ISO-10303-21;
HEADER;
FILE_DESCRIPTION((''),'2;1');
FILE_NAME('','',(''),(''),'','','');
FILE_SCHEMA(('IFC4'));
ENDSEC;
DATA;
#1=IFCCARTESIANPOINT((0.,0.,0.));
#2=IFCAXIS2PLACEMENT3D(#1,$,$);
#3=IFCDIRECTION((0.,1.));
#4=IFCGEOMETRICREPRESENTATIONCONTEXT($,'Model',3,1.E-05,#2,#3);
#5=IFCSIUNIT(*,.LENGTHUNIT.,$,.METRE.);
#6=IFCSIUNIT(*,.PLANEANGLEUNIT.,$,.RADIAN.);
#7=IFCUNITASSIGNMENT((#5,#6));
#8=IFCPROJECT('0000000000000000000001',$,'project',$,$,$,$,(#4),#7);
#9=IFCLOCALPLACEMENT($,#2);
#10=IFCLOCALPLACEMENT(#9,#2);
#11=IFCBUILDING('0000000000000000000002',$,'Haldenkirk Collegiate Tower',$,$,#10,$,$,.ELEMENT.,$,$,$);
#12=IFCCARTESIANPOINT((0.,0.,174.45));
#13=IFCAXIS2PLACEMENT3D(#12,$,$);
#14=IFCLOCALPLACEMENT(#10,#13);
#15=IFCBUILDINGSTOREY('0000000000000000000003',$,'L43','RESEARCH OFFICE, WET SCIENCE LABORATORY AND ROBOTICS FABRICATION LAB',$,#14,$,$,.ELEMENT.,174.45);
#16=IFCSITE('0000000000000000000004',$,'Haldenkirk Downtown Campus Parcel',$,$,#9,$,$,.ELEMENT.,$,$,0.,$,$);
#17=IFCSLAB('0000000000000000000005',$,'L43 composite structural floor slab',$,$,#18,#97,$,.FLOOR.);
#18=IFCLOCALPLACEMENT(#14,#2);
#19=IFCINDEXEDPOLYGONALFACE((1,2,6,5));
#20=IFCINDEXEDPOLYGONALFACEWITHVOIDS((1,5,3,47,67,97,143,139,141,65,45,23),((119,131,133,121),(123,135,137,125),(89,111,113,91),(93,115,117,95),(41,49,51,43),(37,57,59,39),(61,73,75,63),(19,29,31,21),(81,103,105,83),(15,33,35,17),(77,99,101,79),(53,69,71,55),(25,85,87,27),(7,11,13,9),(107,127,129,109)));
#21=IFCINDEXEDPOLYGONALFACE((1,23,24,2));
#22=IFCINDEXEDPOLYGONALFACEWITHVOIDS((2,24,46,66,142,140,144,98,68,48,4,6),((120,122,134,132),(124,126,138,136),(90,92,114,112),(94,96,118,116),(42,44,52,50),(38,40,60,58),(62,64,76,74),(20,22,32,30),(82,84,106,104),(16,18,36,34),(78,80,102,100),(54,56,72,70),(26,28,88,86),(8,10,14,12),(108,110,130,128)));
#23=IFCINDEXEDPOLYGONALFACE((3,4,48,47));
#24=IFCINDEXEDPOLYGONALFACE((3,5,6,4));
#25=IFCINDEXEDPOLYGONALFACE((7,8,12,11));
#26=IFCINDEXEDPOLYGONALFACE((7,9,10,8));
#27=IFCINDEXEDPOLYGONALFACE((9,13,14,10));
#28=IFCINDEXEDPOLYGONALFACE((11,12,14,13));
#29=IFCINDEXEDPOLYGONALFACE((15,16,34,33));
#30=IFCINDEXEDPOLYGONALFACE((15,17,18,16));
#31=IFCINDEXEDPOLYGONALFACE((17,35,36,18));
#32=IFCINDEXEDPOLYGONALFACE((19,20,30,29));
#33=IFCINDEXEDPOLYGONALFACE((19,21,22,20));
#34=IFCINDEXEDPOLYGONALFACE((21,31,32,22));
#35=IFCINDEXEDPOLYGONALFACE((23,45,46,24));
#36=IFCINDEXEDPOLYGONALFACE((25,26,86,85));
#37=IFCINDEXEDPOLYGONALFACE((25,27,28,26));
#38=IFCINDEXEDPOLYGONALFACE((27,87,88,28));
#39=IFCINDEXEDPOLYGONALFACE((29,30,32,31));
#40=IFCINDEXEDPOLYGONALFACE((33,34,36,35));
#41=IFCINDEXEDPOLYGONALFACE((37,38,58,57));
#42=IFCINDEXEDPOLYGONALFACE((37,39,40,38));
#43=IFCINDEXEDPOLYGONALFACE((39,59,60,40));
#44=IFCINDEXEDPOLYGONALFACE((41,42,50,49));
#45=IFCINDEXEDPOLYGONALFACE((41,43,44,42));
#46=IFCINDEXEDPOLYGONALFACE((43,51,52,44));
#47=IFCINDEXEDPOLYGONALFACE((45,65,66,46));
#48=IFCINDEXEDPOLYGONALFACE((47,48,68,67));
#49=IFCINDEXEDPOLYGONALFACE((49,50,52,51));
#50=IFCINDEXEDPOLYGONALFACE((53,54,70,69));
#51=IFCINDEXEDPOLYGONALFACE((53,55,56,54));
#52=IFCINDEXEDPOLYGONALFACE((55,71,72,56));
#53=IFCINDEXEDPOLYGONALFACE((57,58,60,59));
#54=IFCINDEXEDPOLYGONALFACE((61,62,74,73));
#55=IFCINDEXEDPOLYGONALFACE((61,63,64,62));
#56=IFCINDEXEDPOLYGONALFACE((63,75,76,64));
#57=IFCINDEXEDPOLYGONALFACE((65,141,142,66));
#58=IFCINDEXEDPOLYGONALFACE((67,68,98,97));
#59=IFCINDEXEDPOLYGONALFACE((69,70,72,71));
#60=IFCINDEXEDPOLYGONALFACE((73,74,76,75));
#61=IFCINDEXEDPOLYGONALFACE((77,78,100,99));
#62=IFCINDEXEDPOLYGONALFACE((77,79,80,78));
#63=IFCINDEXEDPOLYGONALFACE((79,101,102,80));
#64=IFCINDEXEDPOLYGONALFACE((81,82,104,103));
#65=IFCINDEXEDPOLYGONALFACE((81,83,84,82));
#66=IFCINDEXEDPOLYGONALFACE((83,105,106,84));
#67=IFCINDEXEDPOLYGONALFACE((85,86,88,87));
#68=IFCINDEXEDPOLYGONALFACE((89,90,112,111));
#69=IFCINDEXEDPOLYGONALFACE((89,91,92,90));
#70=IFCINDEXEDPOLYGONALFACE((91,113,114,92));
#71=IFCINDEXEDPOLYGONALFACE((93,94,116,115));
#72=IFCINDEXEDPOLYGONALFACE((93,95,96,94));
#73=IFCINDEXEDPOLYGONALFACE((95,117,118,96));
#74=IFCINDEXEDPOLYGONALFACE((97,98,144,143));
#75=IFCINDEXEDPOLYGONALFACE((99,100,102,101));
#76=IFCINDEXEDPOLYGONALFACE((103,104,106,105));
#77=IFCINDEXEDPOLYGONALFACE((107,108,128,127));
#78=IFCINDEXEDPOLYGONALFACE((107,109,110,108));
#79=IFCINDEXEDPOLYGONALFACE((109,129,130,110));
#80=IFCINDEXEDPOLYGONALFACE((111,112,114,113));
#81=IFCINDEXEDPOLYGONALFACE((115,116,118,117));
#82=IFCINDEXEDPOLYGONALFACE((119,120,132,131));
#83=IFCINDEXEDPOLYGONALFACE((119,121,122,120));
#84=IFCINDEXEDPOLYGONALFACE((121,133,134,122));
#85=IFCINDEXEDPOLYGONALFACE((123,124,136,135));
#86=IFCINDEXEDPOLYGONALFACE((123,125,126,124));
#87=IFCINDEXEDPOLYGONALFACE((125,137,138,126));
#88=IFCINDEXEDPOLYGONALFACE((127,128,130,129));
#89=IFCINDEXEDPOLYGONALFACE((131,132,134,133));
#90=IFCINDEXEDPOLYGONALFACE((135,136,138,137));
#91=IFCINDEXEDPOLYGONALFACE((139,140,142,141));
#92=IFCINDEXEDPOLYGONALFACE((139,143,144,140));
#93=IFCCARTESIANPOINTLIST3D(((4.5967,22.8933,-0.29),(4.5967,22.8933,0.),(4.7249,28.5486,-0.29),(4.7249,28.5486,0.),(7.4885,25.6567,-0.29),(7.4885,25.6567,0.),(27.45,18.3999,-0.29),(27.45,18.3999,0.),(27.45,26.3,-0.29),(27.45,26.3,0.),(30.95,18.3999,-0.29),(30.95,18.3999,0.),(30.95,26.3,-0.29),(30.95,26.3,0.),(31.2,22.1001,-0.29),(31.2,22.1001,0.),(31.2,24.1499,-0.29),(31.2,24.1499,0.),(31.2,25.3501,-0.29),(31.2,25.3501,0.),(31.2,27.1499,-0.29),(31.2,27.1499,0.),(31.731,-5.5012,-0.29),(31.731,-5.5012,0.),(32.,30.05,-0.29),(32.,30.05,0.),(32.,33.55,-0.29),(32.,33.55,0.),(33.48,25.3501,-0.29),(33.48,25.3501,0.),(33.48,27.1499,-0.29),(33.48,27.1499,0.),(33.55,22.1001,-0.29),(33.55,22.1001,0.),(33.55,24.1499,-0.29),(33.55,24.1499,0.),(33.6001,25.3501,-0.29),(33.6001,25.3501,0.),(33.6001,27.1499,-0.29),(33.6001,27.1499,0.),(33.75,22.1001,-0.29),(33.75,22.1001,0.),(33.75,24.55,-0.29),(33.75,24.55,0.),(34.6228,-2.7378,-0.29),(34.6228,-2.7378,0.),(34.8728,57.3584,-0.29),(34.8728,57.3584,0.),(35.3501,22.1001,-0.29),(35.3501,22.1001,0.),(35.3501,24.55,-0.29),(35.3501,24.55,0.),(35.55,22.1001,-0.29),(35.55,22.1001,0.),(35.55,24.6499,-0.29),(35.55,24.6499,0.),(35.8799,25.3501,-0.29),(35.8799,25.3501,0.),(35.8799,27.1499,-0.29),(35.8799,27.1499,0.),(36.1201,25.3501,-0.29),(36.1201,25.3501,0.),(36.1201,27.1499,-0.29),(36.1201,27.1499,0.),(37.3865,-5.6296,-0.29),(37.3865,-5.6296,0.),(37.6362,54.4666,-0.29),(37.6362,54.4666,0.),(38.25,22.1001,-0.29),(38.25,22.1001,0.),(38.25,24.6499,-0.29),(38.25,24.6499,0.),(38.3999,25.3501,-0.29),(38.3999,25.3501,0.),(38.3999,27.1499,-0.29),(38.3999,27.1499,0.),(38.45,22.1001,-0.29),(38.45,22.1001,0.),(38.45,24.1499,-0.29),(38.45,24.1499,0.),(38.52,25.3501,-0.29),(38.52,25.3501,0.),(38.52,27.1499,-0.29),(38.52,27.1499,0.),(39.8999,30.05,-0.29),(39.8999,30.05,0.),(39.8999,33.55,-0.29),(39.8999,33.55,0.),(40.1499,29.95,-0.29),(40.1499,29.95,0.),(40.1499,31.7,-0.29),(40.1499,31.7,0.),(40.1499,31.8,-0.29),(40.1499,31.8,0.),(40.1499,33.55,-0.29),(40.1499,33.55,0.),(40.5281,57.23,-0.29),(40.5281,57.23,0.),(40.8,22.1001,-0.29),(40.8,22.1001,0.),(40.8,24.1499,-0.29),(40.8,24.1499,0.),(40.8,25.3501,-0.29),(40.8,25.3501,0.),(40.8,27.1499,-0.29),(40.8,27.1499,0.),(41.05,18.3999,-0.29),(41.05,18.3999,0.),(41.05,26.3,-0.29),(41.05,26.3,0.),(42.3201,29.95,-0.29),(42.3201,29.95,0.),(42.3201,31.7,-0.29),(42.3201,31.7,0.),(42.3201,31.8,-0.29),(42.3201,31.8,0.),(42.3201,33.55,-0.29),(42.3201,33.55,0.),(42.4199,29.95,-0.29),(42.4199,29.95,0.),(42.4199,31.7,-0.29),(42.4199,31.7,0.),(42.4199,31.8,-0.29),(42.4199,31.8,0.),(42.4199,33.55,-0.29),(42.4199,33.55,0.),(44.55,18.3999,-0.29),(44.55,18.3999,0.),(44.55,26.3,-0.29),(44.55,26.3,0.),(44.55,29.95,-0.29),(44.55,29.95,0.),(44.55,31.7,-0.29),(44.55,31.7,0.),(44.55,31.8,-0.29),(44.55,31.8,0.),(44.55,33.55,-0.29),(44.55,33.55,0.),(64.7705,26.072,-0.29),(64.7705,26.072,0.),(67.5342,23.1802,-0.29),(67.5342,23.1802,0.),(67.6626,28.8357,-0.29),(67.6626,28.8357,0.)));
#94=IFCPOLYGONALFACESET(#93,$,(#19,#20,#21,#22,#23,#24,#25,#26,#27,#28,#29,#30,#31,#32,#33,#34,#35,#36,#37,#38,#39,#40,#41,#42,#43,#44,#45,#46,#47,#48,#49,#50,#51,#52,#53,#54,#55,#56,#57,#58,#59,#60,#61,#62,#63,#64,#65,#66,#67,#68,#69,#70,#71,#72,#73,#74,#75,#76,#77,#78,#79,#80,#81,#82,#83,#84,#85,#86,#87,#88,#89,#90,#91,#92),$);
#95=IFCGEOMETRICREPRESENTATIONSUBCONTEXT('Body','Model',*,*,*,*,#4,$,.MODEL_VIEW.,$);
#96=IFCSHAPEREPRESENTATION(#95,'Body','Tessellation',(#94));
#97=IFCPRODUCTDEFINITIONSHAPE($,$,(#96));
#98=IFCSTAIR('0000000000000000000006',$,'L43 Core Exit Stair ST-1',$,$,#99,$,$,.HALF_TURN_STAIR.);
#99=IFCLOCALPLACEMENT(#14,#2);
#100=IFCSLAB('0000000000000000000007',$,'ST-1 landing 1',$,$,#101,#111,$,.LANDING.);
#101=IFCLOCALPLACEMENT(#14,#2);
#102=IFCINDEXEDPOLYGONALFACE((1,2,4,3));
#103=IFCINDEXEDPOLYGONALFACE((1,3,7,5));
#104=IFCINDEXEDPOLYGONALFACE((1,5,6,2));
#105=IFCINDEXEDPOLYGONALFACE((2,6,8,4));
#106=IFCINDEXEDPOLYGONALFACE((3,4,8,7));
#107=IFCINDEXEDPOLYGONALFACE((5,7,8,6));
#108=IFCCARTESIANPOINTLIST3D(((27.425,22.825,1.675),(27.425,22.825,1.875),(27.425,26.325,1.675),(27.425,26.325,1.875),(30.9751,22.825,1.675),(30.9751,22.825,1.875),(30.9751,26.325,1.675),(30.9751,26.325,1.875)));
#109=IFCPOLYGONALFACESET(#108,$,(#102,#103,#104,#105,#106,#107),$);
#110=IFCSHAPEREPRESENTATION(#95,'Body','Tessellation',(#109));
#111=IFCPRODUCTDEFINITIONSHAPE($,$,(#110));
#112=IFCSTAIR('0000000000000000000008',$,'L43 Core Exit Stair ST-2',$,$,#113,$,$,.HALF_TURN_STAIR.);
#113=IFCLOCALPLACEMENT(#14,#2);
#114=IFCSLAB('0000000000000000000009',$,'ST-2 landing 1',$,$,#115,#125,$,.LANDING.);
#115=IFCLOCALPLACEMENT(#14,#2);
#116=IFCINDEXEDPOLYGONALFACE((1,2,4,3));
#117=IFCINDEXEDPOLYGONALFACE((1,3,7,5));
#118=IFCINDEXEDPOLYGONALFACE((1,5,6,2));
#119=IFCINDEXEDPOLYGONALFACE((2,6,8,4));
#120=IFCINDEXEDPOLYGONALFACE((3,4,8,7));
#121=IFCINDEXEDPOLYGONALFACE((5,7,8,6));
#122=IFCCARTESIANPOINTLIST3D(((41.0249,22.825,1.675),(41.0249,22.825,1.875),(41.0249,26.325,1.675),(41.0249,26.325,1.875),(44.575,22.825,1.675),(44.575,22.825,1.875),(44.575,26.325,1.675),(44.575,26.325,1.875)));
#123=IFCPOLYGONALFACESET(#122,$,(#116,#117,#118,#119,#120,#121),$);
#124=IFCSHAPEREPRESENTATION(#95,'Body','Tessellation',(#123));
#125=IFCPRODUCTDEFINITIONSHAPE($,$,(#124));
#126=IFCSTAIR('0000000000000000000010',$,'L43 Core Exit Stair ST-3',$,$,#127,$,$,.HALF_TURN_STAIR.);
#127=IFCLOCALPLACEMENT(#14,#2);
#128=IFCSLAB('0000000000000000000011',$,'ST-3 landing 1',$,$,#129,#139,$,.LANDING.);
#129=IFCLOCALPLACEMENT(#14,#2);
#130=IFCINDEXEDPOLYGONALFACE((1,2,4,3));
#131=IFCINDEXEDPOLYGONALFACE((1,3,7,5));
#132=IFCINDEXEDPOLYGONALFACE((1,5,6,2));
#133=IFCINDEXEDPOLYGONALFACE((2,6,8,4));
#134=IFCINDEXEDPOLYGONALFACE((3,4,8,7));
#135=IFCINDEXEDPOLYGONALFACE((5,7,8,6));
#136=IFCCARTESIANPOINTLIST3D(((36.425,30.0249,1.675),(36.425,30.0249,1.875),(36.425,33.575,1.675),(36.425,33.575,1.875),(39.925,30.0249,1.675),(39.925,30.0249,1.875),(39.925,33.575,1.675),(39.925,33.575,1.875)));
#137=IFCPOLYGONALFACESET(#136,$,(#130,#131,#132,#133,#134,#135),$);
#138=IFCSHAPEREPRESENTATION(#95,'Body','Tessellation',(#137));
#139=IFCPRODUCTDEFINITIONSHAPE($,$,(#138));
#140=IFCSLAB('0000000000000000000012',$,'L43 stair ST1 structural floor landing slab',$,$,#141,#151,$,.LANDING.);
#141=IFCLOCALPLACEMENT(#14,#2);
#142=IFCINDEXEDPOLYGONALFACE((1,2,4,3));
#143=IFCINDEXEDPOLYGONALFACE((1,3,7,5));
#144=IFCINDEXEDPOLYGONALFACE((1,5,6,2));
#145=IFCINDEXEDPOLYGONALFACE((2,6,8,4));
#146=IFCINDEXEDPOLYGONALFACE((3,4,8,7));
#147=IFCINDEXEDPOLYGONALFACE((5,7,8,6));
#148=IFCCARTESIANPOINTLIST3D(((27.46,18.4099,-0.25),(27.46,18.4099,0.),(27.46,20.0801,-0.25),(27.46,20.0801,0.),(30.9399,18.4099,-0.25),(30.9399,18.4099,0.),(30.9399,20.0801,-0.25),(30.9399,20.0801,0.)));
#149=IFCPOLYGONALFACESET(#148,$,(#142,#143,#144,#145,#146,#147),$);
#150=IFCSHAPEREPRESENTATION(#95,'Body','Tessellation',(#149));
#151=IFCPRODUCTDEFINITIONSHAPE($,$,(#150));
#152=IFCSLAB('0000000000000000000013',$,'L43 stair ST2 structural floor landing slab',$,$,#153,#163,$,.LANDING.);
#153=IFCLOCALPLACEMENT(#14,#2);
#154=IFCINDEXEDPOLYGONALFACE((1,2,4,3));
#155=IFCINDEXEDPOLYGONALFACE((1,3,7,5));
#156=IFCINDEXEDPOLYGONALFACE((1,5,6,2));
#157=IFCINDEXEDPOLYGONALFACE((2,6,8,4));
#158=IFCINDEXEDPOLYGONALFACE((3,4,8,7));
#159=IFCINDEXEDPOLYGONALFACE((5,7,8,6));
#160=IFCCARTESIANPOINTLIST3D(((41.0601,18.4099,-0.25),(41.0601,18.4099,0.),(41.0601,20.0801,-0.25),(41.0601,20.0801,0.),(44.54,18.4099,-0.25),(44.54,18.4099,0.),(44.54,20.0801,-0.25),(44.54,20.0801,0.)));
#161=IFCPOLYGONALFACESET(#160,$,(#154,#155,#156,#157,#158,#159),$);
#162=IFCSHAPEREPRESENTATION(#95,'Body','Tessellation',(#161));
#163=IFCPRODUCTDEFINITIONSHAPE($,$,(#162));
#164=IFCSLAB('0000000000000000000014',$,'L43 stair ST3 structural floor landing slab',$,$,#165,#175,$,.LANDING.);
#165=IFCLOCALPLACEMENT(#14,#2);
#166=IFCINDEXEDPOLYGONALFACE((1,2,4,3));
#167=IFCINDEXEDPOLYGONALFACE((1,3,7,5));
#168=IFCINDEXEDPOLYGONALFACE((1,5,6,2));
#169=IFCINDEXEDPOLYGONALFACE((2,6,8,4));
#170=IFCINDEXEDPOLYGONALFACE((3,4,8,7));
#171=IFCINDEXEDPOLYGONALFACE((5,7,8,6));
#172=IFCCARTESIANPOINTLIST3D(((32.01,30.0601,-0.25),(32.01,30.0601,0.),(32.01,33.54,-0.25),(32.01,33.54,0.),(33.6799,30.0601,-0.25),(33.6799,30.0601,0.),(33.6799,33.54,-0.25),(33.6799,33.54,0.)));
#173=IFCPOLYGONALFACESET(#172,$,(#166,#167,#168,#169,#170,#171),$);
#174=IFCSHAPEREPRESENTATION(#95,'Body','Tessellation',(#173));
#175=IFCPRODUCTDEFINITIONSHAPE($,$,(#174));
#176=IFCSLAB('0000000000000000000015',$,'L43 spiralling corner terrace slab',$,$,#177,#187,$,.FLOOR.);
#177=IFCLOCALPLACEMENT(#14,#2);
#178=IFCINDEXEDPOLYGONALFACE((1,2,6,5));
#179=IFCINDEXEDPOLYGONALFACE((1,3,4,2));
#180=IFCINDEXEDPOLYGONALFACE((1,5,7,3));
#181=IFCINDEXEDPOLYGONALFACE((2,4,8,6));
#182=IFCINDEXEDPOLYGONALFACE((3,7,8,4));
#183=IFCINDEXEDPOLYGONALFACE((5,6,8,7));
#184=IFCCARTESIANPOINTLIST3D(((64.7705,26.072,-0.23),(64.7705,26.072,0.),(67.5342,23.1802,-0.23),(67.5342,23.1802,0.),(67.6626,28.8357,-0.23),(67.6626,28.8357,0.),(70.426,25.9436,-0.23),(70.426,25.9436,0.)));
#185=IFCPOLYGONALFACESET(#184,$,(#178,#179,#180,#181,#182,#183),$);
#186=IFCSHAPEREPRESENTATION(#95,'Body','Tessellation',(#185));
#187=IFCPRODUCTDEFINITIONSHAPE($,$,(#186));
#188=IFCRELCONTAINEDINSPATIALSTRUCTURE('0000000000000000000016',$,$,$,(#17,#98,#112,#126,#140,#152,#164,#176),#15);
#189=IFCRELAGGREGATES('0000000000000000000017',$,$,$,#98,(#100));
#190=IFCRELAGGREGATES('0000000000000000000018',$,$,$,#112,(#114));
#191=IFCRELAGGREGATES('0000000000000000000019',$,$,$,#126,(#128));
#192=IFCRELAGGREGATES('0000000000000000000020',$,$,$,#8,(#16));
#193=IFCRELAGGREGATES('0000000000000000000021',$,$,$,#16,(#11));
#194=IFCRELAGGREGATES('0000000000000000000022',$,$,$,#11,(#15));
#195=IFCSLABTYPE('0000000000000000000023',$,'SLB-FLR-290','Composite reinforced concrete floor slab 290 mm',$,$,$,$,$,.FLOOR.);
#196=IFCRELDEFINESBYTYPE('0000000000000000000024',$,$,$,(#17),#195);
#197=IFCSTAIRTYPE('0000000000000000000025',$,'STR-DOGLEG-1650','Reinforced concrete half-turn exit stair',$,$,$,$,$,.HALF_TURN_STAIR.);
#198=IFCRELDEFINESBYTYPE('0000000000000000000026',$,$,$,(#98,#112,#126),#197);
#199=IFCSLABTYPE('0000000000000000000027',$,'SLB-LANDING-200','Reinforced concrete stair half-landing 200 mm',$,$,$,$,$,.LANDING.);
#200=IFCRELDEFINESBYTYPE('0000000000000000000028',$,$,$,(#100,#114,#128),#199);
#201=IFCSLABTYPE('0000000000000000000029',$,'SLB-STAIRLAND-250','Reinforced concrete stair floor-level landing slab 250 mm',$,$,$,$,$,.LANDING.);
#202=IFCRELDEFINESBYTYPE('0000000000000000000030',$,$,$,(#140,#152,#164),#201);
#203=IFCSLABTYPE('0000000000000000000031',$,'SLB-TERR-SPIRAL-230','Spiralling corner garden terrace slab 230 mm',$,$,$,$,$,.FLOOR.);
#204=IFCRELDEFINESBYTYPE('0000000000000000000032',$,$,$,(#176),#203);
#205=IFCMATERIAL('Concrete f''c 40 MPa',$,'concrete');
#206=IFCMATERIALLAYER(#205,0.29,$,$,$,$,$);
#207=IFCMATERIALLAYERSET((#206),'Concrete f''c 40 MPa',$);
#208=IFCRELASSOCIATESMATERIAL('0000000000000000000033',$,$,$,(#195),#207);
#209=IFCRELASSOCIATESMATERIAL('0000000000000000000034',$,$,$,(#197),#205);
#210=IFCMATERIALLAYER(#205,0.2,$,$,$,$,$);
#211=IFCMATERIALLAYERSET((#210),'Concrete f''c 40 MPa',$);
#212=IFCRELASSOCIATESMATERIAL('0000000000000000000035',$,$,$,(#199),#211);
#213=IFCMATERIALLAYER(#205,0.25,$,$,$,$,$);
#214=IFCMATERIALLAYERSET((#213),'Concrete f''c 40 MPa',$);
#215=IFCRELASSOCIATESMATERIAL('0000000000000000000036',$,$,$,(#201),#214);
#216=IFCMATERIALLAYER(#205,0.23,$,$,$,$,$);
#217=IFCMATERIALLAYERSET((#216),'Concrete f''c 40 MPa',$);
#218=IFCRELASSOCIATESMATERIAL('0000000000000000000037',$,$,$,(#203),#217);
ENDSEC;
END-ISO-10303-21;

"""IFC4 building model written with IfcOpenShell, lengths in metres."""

from ifc_helpers import new_model, si_unit, direction, frame, origin, place, context, subcontext, project, spatial, polyline, outline, extrude, material, layer, layer_set, type_object, element, aggregate, save


model = new_model("IFC4")

# Units and contexts
model_context = context("Model", 3, precision=1e-05, world=origin(), true_north=direction((0.0, 1.0)))
body_context = subcontext(model_context, "Body", "Model", "MODEL_VIEW")
ifc_project = project(units=[si_unit("LENGTHUNIT", "METRE"), si_unit("PLANEANGLEUNIT", "RADIAN")], contexts=[model_context])

# Site, building, storey
site_placement = place(None, origin())
site = spatial("IfcSite", under=ifc_project, at=site_placement, Name="Haldenkirk Downtown Campus Parcel", CompositionType="ELEMENT", RefElevation=0.0)
building_placement = place(site_placement, origin())
building = spatial("IfcBuilding", under=site, at=building_placement, Name="Haldenkirk Collegiate Tower", CompositionType="ELEMENT")
storey_placement = place(building_placement, frame((0.0, 0.0, 174.45)))
storey = spatial("IfcBuildingStorey", under=building, at=storey_placement, Name="L43", Description="RESEARCH OFFICE, WET SCIENCE LABORATORY AND ROBOTICS FABRICATION LAB", CompositionType="ELEMENT", Elevation=174.45)

# Slab
ifc_material_1 = material(Name="Concrete f'c 40 MPa", Category="concrete")
ifc_layer_1 = layer(ifc_material_1, 0.29)
ifc_layer_set_1 = layer_set([ifc_layer_1], Name="Concrete f'c 40 MPa")
slab_type_1 = type_object("IfcSlabType", Name="SLB-FLR-290", Description="Composite reinforced concrete floor slab 290 mm", PredefinedType="FLOOR", material=ifc_layer_set_1)
slab_1_placement = place(storey_placement, frame((0.0, 0.0, -0.29)))
element("IfcSlab", 1, at=slab_1_placement, inside=storey, type_object=slab_type_1, Name="L43 composite structural floor slab", PredefinedType="FLOOR", context=body_context, shape_type="SweptSolid", body=[
    extrude(outline(polyline([(37.3865, -5.6296), (67.5342, 23.1802), (64.7705, 26.072), (67.6626, 28.8357), (40.5281, 57.23), (37.6362, 54.4666), (34.8728, 57.3584), (4.7249, 28.5486), (7.4885, 25.6567), (4.5967, 22.8933), (31.731, -5.5012), (34.6228, -2.7378), (37.3865, -5.6296)]), holes=[polyline([(27.45, 18.3999), (30.95, 18.3999), (30.95, 26.3), (27.45, 26.3), (27.45, 18.3999)]), polyline([(41.05, 18.3999), (44.55, 18.3999), (44.55, 26.3), (41.05, 26.3), (41.05, 18.3999)]), polyline([(32.0, 30.05), (39.8999, 30.05), (39.8999, 33.55), (32.0, 33.55), (32.0, 30.05)]), polyline([(33.75, 22.1001), (35.3501, 22.1001), (35.3501, 24.55), (33.75, 24.55), (33.75, 22.1001)]), polyline([(40.1499, 29.95), (42.3201, 29.95), (42.3201, 31.7), (40.1499, 31.7), (40.1499, 29.95)]), polyline([(42.4199, 29.95), (44.55, 29.95), (44.55, 31.7), (42.4199, 31.7), (42.4199, 29.95)]), polyline([(40.1499, 31.8), (42.3201, 31.8), (42.3201, 33.55), (40.1499, 33.55), (40.1499, 31.8)]), polyline([(42.4199, 31.8), (44.55, 31.8), (44.55, 33.55), (42.4199, 33.55), (42.4199, 31.8)]), polyline([(31.2, 25.3501), (33.48, 25.3501), (33.48, 27.1499), (31.2, 27.1499), (31.2, 25.3501)]), polyline([(33.6001, 25.3501), (35.8799, 25.3501), (35.8799, 27.1499), (33.6001, 27.1499), (33.6001, 25.3501)]), polyline([(36.1201, 25.3501), (38.3999, 25.3501), (38.3999, 27.1499), (36.1201, 27.1499), (36.1201, 25.3501)]), polyline([(38.52, 25.3501), (40.8, 25.3501), (40.8, 27.1499), (38.52, 27.1499), (38.52, 25.3501)]), polyline([(31.2, 22.1001), (33.55, 22.1001), (33.55, 24.1499), (31.2, 24.1499), (31.2, 22.1001)]), polyline([(38.45, 22.1001), (40.8, 22.1001), (40.8, 24.1499), (38.45, 24.1499), (38.45, 22.1001)]), polyline([(35.55, 22.1001), (38.25, 22.1001), (38.25, 24.6499), (35.55, 24.6499), (35.55, 22.1001)])]), origin(), (0.0, 0.0, 1.0), 0.29),
])

# Stairs, slabs
stair_type = type_object("IfcStairType", Name="STR-DOGLEG-1650", Description="Reinforced concrete half-turn exit stair", PredefinedType="HALF_TURN_STAIR", material=ifc_material_1)
stair_1_placement = place(storey_placement, origin())
stair_1 = element("IfcStair", 2, at=stair_1_placement, inside=storey, type_object=stair_type, Name="L43 Core Exit Stair ST-1", PredefinedType="HALF_TURN_STAIR")
ifc_layer_2 = layer(ifc_material_1, 0.2)
ifc_layer_set_2 = layer_set([ifc_layer_2], Name="Concrete f'c 40 MPa")
slab_type_2 = type_object("IfcSlabType", Name="SLB-LANDING-200", Description="Reinforced concrete stair half-landing 200 mm", PredefinedType="LANDING", material=ifc_layer_set_2)
slab_2_placement = place(storey_placement, frame((0.0, 0.0, 1.675)))
slab_2 = element("IfcSlab", 3, at=slab_2_placement, type_object=slab_type_2, Name="ST-1 landing 1", PredefinedType="LANDING", context=body_context, shape_type="SweptSolid", body=[
    extrude(outline(polyline([(30.9751, 22.825), (27.425, 22.825), (27.425, 26.325), (30.9751, 26.325), (30.9751, 22.825)])), origin(), (0.0, 0.0, 1.0), 0.2),
])
aggregate(stair_1, [slab_2])
stair_2_placement = place(storey_placement, origin())
stair_2 = element("IfcStair", 4, at=stair_2_placement, inside=storey, type_object=stair_type, Name="L43 Core Exit Stair ST-2", PredefinedType="HALF_TURN_STAIR")
slab_3_placement = place(storey_placement, frame((0.0, 0.0, 1.675)))
slab_3 = element("IfcSlab", 5, at=slab_3_placement, type_object=slab_type_2, Name="ST-2 landing 1", PredefinedType="LANDING", context=body_context, shape_type="SweptSolid", body=[
    extrude(outline(polyline([(44.575, 22.825), (41.0249, 22.825), (41.0249, 26.325), (44.575, 26.325), (44.575, 22.825)])), origin(), (0.0, 0.0, 1.0), 0.2),
])
aggregate(stair_2, [slab_3])
stair_3_placement = place(storey_placement, origin())
stair_3 = element("IfcStair", 6, at=stair_3_placement, inside=storey, type_object=stair_type, Name="L43 Core Exit Stair ST-3", PredefinedType="HALF_TURN_STAIR")
slab_4_placement = place(storey_placement, frame((0.0, 0.0, 1.675)))
slab_4 = element("IfcSlab", 7, at=slab_4_placement, type_object=slab_type_2, Name="ST-3 landing 1", PredefinedType="LANDING", context=body_context, shape_type="SweptSolid", body=[
    extrude(outline(polyline([(36.425, 30.0249), (36.425, 33.575), (39.925, 33.575), (39.925, 30.0249), (36.425, 30.0249)])), origin(), (0.0, 0.0, 1.0), 0.2),
])
aggregate(stair_3, [slab_4])

# Slabs
ifc_layer_3 = layer(ifc_material_1, 0.25)
ifc_layer_set_3 = layer_set([ifc_layer_3], Name="Concrete f'c 40 MPa")
slab_type_3 = type_object("IfcSlabType", Name="SLB-STAIRLAND-250", Description="Reinforced concrete stair floor-level landing slab 250 mm", PredefinedType="LANDING", material=ifc_layer_set_3)
slab_5_placement = place(storey_placement, frame((0.0, 0.0, -0.25)))
element("IfcSlab", 8, at=slab_5_placement, inside=storey, type_object=slab_type_3, Name="L43 stair ST1 structural floor landing slab", PredefinedType="LANDING", context=body_context, shape_type="SweptSolid", body=[
    extrude(outline(polyline([(27.46, 18.4099), (30.9399, 18.4099), (30.9399, 20.0801), (27.46, 20.0801), (27.46, 18.4099)])), origin(), (0.0, 0.0, 1.0), 0.25),
])
slab_6_placement = place(storey_placement, frame((0.0, 0.0, -0.25)))
element("IfcSlab", 9, at=slab_6_placement, inside=storey, type_object=slab_type_3, Name="L43 stair ST2 structural floor landing slab", PredefinedType="LANDING", context=body_context, shape_type="SweptSolid", body=[
    extrude(outline(polyline([(41.0601, 18.4099), (44.54, 18.4099), (44.54, 20.0801), (41.0601, 20.0801), (41.0601, 18.4099)])), origin(), (0.0, 0.0, 1.0), 0.25),
])
slab_7_placement = place(storey_placement, frame((0.0, 0.0, -0.25)))
element("IfcSlab", 10, at=slab_7_placement, inside=storey, type_object=slab_type_3, Name="L43 stair ST3 structural floor landing slab", PredefinedType="LANDING", context=body_context, shape_type="SweptSolid", body=[
    extrude(outline(polyline([(32.01, 30.0601), (33.6799, 30.0601), (33.6799, 33.54), (32.01, 33.54), (32.01, 30.0601)])), origin(), (0.0, 0.0, 1.0), 0.25),
])
ifc_layer_4 = layer(ifc_material_1, 0.23)
ifc_layer_set_4 = layer_set([ifc_layer_4], Name="Concrete f'c 40 MPa")
slab_type_4 = type_object("IfcSlabType", Name="SLB-TERR-SPIRAL-230", Description="Spiralling corner garden terrace slab 230 mm", PredefinedType="FLOOR", material=ifc_layer_set_4)
slab_8_placement = place(storey_placement, frame((0.0, 0.0, -0.23)))
element("IfcSlab", 11, at=slab_8_placement, inside=storey, type_object=slab_type_4, Name="L43 spiralling corner terrace slab", PredefinedType="FLOOR", context=body_context, shape_type="SweptSolid", body=[
    extrude(outline(polyline([(67.5342, 23.1802), (70.426, 25.9436), (67.6626, 28.8357), (64.7705, 26.072), (67.5342, 23.1802)])), origin(), (0.0, 0.0, 1.0), 0.23),
])

save(model, "model.ifc")
